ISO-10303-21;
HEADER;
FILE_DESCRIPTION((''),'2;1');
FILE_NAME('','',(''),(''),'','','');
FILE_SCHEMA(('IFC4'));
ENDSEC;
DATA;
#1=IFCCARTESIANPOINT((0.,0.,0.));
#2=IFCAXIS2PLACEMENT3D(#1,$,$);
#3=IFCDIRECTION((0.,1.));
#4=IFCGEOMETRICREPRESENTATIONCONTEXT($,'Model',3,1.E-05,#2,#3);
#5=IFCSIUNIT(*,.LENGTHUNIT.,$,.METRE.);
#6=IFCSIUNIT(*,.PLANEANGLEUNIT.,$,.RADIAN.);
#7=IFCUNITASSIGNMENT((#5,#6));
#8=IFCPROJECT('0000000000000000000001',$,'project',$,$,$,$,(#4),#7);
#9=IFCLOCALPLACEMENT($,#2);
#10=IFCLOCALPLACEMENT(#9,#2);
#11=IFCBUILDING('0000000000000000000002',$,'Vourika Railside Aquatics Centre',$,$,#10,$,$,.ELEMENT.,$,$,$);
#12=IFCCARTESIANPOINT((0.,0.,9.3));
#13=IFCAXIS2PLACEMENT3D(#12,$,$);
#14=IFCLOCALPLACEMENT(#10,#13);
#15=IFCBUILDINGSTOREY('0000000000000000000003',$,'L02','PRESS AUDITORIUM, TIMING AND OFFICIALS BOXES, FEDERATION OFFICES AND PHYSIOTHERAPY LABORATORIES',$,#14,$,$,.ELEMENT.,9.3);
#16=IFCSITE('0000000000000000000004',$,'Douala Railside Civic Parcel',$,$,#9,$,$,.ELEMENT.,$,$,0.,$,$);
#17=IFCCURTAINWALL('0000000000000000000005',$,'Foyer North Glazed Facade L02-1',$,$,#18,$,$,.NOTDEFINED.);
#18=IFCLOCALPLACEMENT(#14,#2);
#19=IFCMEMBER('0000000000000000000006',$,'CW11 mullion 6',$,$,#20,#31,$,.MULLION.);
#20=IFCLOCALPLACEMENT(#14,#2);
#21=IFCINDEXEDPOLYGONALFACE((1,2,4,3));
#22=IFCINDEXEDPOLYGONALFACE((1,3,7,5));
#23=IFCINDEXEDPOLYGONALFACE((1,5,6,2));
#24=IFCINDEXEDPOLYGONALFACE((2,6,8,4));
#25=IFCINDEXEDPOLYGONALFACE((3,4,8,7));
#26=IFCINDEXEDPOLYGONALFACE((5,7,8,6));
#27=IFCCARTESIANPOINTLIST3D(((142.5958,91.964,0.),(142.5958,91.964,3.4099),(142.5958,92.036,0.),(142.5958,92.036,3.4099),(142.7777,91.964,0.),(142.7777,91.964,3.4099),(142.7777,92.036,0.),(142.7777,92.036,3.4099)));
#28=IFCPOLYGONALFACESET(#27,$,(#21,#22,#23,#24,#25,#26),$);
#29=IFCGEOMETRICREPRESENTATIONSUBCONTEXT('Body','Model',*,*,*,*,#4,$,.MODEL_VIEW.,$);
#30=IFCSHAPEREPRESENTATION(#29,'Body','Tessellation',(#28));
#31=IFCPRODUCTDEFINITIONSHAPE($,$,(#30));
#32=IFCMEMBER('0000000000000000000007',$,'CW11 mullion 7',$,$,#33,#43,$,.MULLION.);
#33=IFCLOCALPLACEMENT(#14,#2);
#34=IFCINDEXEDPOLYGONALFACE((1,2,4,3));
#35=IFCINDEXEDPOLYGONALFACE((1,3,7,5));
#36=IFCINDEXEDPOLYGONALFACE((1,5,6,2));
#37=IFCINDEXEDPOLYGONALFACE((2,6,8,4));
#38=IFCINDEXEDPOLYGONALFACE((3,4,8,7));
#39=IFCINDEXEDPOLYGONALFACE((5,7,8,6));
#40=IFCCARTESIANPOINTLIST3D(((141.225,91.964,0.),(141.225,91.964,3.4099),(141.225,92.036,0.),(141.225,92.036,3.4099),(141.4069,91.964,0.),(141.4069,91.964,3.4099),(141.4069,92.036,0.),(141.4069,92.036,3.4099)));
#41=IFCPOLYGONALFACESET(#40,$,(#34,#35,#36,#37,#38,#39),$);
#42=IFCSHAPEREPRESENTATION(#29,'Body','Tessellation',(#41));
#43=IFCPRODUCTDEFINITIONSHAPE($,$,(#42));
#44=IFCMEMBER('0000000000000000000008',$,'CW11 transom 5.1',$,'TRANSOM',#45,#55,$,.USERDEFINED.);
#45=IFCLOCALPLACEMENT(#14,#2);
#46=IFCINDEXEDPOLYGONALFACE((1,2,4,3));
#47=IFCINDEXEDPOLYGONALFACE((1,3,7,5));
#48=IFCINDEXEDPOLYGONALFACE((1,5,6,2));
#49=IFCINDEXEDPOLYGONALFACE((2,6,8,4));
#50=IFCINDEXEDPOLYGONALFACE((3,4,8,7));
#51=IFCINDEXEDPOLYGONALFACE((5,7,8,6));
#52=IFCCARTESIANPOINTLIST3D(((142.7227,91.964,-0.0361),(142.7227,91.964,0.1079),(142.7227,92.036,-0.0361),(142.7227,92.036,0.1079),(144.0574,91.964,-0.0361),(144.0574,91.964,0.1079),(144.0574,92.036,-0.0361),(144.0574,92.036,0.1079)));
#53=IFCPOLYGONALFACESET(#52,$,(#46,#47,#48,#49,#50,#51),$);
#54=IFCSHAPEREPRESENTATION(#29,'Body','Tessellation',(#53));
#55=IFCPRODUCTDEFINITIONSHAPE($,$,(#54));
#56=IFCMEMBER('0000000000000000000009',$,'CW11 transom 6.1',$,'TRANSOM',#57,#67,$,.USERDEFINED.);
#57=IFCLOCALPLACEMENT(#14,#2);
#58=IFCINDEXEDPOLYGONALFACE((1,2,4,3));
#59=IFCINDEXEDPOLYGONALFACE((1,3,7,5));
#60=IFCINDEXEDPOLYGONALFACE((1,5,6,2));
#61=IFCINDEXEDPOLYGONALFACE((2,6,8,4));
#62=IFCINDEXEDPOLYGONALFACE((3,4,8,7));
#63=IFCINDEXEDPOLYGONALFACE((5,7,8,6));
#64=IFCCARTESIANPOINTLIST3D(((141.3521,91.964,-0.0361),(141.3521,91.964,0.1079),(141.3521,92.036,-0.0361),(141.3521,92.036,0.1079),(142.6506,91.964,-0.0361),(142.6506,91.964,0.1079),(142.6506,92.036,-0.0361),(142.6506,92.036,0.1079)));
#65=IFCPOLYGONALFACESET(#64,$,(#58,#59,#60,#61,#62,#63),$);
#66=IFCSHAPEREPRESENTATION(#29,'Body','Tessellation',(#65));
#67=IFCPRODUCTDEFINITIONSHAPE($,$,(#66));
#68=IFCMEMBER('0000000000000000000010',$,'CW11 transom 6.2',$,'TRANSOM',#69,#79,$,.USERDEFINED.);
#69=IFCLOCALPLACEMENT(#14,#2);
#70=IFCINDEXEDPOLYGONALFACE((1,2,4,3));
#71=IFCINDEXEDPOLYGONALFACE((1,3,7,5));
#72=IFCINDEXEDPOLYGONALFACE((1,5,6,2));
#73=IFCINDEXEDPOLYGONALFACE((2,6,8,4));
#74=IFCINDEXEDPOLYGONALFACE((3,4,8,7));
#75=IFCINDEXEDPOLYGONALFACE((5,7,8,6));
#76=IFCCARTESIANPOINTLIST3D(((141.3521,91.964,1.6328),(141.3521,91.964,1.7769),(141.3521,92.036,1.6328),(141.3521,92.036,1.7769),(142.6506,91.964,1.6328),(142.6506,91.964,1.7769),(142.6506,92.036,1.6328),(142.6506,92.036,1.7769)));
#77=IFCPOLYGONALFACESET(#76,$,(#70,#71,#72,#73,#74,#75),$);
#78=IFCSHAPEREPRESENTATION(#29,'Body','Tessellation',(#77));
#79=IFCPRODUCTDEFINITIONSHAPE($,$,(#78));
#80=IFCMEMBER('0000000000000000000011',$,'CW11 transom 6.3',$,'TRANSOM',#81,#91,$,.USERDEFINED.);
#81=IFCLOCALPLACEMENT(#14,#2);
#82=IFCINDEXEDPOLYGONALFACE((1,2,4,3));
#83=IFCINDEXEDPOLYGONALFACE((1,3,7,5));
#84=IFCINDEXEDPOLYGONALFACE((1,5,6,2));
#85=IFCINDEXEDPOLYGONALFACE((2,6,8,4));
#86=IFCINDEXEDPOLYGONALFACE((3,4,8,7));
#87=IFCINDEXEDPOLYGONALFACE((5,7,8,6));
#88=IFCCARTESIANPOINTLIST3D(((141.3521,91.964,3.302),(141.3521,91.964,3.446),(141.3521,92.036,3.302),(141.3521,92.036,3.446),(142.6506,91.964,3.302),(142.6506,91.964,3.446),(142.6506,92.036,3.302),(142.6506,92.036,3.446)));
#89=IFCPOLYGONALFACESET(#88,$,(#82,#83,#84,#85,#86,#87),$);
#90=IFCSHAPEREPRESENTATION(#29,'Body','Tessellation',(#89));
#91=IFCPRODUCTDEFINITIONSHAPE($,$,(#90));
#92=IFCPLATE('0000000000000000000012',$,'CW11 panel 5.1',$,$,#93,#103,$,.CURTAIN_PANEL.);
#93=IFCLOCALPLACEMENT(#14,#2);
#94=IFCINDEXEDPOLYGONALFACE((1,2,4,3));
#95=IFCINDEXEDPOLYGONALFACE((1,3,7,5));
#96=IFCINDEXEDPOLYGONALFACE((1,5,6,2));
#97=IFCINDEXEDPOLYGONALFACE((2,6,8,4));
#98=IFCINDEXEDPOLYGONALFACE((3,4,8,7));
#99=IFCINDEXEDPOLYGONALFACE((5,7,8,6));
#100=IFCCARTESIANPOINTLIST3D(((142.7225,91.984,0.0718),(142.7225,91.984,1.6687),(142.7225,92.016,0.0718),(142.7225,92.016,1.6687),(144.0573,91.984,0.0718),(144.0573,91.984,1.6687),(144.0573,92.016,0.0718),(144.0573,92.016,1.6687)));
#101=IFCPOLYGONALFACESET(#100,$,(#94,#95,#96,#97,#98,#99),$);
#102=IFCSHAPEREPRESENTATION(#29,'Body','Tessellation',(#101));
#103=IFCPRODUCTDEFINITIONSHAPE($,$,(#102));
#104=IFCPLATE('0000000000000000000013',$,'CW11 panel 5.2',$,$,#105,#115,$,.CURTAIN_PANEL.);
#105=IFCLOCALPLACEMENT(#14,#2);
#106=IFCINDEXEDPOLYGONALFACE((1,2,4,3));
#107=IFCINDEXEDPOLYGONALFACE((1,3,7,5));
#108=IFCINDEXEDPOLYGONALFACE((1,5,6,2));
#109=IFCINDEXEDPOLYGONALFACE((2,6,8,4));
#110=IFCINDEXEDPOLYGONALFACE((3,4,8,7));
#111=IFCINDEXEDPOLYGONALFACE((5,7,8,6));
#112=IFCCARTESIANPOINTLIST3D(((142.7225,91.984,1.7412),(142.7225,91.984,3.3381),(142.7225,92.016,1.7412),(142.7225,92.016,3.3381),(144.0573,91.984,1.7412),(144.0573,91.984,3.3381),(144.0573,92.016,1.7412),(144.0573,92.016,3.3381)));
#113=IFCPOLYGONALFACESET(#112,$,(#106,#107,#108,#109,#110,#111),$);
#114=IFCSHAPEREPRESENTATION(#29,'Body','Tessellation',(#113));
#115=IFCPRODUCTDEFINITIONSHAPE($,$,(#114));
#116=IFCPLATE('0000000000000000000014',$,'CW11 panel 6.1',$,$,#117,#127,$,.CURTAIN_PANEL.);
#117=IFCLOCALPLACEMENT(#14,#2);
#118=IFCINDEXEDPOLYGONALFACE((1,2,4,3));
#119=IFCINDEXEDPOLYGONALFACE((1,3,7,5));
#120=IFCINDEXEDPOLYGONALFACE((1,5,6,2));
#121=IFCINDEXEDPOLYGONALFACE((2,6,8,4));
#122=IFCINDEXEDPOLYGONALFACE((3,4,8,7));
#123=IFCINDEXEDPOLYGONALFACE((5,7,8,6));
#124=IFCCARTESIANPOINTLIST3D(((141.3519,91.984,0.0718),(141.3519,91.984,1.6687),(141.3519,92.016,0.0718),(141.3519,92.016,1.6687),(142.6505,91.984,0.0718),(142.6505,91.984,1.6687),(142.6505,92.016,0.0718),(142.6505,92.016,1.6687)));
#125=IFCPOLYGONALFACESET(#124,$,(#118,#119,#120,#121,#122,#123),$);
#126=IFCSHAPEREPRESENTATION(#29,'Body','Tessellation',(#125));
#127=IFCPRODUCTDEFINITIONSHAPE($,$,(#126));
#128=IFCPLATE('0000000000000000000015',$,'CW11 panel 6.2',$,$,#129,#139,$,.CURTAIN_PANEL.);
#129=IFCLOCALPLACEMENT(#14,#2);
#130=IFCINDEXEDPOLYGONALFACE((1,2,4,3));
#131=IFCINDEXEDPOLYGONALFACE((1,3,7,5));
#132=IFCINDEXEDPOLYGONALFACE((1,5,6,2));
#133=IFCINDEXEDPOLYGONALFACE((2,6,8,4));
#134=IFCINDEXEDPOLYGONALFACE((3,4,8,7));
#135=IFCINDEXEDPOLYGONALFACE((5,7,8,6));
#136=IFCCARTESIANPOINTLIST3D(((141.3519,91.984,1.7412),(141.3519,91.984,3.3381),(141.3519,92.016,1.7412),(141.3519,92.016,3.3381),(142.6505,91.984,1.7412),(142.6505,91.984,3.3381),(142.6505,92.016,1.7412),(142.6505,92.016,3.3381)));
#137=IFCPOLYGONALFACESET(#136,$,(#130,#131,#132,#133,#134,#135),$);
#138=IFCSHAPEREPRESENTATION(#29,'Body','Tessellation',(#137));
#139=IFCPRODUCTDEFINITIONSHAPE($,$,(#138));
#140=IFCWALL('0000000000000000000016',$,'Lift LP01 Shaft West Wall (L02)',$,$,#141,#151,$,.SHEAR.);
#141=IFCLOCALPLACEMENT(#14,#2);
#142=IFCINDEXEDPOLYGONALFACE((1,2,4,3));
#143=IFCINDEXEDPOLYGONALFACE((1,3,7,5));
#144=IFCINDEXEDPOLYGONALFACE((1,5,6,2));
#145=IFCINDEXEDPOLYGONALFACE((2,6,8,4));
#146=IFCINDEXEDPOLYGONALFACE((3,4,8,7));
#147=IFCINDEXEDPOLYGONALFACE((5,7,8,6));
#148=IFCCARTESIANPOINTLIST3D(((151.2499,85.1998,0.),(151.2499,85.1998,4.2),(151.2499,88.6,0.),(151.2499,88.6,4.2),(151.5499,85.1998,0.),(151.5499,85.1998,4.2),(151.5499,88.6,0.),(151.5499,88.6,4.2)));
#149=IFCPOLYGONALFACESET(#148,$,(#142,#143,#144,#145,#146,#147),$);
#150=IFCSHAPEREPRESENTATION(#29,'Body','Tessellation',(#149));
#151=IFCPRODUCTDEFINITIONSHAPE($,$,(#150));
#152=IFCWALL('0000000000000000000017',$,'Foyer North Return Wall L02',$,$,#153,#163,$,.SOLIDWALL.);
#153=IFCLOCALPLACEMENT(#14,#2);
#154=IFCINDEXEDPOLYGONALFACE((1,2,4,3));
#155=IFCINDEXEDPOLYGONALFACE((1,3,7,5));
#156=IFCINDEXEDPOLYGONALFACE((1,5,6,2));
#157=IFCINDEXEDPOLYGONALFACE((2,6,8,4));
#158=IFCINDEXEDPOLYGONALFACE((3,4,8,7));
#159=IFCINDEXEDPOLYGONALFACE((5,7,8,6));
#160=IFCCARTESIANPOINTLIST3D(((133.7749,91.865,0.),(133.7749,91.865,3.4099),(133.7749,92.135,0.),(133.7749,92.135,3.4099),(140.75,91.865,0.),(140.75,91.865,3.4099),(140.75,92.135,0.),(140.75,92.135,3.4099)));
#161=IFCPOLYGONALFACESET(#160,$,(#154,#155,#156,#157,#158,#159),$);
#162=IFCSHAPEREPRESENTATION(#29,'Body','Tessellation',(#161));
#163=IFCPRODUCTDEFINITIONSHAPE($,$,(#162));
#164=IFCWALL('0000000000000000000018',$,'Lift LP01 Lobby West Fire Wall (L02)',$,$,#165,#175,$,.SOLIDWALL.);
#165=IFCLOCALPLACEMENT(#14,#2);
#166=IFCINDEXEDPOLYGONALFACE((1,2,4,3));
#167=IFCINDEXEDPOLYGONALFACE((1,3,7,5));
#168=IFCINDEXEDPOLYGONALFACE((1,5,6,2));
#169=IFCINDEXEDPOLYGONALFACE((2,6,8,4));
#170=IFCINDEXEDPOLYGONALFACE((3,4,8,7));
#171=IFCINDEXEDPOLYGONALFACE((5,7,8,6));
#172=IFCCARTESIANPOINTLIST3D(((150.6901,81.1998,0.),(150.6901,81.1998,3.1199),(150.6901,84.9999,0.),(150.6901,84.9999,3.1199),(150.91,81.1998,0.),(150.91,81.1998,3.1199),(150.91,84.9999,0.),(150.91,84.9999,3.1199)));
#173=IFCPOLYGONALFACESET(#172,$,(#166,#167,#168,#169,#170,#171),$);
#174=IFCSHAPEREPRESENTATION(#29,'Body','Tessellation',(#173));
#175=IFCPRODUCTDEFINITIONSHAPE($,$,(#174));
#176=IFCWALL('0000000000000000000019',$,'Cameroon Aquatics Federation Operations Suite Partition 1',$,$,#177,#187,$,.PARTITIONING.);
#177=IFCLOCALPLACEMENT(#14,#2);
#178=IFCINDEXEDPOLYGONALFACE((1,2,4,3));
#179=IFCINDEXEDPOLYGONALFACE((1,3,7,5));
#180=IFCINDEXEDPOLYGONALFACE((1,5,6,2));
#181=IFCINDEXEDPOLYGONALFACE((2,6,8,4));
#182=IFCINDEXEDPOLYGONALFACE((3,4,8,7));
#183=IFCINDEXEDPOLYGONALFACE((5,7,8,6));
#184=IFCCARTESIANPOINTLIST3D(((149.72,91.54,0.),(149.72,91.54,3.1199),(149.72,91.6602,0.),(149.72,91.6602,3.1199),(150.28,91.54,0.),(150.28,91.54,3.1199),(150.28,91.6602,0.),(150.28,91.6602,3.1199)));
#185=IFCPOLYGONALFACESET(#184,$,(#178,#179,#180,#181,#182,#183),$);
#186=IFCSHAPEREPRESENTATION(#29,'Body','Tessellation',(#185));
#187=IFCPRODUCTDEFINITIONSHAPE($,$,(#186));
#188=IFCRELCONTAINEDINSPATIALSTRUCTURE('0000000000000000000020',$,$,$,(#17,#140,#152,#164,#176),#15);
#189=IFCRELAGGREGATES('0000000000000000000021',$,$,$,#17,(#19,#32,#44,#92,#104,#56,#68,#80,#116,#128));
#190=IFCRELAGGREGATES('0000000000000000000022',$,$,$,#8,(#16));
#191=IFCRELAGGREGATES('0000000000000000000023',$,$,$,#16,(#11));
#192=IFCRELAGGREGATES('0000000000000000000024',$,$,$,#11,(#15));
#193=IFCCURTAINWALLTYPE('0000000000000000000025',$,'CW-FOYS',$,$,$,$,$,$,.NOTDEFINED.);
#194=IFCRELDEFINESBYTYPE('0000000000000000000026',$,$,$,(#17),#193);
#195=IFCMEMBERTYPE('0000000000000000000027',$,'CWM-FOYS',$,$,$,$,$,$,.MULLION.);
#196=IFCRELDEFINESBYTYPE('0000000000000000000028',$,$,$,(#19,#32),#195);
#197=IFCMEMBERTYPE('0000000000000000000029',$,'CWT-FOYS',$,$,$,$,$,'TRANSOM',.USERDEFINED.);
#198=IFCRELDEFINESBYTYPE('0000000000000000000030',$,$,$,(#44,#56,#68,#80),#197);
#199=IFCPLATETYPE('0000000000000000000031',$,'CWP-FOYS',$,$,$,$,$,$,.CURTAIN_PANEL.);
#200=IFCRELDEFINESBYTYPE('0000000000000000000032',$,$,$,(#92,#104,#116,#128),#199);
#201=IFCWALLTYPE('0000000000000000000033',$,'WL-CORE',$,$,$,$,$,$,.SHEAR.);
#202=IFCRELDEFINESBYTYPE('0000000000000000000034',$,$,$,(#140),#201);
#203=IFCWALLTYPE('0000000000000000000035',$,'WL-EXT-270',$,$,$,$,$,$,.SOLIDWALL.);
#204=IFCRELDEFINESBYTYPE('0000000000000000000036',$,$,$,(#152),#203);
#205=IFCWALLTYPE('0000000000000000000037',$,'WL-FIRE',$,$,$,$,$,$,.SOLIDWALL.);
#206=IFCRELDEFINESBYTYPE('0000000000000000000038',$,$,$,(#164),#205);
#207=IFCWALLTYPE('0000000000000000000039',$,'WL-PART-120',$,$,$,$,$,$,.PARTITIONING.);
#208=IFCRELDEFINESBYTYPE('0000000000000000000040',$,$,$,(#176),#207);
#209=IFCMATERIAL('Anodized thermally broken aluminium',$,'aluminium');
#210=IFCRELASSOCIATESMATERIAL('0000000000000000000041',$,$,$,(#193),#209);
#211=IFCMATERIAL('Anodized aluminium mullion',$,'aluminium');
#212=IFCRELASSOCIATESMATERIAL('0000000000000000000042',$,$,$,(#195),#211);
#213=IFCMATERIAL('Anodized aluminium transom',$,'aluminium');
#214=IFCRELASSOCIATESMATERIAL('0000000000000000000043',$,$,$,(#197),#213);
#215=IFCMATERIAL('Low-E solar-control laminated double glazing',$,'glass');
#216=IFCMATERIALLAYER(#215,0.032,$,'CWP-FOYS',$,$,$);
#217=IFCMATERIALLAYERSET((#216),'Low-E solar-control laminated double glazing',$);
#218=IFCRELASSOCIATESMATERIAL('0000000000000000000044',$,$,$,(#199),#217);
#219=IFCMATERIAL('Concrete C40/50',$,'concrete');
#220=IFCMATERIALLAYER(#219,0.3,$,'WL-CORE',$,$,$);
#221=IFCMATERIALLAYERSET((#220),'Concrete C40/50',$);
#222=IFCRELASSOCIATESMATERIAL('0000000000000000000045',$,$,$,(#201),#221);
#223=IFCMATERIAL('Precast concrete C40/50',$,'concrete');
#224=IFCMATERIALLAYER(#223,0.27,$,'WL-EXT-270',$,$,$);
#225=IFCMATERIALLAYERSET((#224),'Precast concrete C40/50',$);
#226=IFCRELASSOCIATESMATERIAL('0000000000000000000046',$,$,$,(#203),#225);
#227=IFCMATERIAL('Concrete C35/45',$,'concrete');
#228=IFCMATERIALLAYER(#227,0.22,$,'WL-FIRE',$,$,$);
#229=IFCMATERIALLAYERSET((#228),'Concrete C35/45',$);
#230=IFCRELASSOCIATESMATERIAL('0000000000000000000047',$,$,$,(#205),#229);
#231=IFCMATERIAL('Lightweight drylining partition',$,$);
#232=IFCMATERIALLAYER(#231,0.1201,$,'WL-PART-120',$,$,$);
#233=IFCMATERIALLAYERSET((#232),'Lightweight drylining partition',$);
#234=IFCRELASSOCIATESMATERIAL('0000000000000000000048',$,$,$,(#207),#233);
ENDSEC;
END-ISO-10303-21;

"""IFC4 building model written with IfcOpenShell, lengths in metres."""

from ifc_helpers import new_model, si_unit, direction, frame, frame_2d, origin, origin_2d, place, context, subcontext, project, spatial, rectangle, extrude, material, layer, layer_set, material_profile, profile_set, type_object, element, aggregate, save


model = new_model("IFC4")

# Units and contexts
model_context = context("Model", 3, precision=1e-05, world=origin(), true_north=direction((0.0, 1.0)))
body_context = subcontext(model_context, "Body", "Model", "MODEL_VIEW")
ifc_project = project(units=[si_unit("LENGTHUNIT", "METRE"), si_unit("PLANEANGLEUNIT", "RADIAN")], contexts=[model_context])

# Site, building, storey
site_placement = place(None, origin())
site = spatial("IfcSite", under=ifc_project, at=site_placement, Name="Douala Railside Civic Parcel", CompositionType="ELEMENT", RefElevation=0.0)
building_placement = place(site_placement, origin())
building = spatial("IfcBuilding", under=site, at=building_placement, Name="Vourika Railside Aquatics Centre", CompositionType="ELEMENT")
storey_placement = place(building_placement, frame((0.0, 0.0, 9.3)))
storey = spatial("IfcBuildingStorey", under=building, at=storey_placement, Name="L02", Description="PRESS AUDITORIUM, TIMING AND OFFICIALS BOXES, FEDERATION OFFICES AND PHYSIOTHERAPY LABORATORIES", CompositionType="ELEMENT", Elevation=9.3)

# Shared definitions
ifc_material_1 = material(Name="Concrete C35/45", Category="concrete")

# Curtain wall, members, plates
ifc_material_2 = material(Name="Anodized thermally broken aluminium", Category="aluminium")
curtain_wall_type = type_object("IfcCurtainWallType", Name="CW-FOYS", PredefinedType="NOTDEFINED", material=ifc_material_2)
curtain_wall_placement = place(storey_placement, origin())
curtain_wall = element("IfcCurtainWall", 1, at=curtain_wall_placement, inside=storey, type_object=curtain_wall_type, Name="Foyer North Glazed Facade L02-1", PredefinedType="NOTDEFINED")
ifc_material_3 = material(Name="Anodized aluminium mullion", Category="aluminium")
ifc_material_profile_1 = material_profile(ifc_material_3, rectangle(XDim=0.072, YDim=0.1819, at=origin_2d()), Name="ALU-M 72x182")
ifc_profile_set_1 = profile_set([ifc_material_profile_1], Name="Anodized aluminium mullion")
member_type_1 = type_object("IfcMemberType", Name="CWM-FOYS", PredefinedType="MULLION", material=ifc_profile_set_1)
member_1_placement = place(storey_placement, frame((142.6868, 92.0, 0.0), z_axis=(0.0, 0.0, 1.0), x_axis=(0.0, -1.0, 0.0)))
member_1 = element("IfcMember", 2, at=member_1_placement, type_object=member_type_1, Name="CW11 mullion 6", PredefinedType="MULLION", context=body_context, shape_type="SweptSolid", body=[
    extrude(rectangle(XDim=0.072, YDim=0.1819, at=origin_2d()), origin(), (0.0, 0.0, 1.0), 3.4099),
])
member_2_placement = place(storey_placement, frame((141.3159, 92.0, 0.0), z_axis=(0.0, 0.0, 1.0), x_axis=(0.0, -1.0, 0.0)))
member_2 = element("IfcMember", 3, at=member_2_placement, type_object=member_type_1, Name="CW11 mullion 7", PredefinedType="MULLION", context=body_context, shape_type="SweptSolid", body=[
    extrude(rectangle(XDim=0.072, YDim=0.1819, at=origin_2d()), origin(), (0.0, 0.0, 1.0), 3.4099),
])
ifc_material_4 = material(Name="Anodized aluminium transom", Category="aluminium")
ifc_material_profile_2 = material_profile(ifc_material_4, rectangle(XDim=0.072, YDim=0.144, at=origin_2d()), Name="ALU-T 72x144")
ifc_profile_set_2 = profile_set([ifc_material_profile_2], Name="Anodized aluminium transom")
member_type_2 = type_object("IfcMemberType", Name="CWT-FOYS", ElementType="TRANSOM", PredefinedType="USERDEFINED", material=ifc_profile_set_2)
member_3_placement = place(storey_placement, frame((144.0574, 92.0, 0.0359), z_axis=(-1.0, 0.0, 0.0), x_axis=(0.0, -1.0, 0.0)))
member_3 = element("IfcMember", 4, at=member_3_placement, type_object=member_type_2, Name="CW11 transom 5.1", ObjectType="TRANSOM", PredefinedType="USERDEFINED", context=body_context, shape_type="SweptSolid", body=[
    extrude(rectangle(XDim=0.072, YDim=0.144, at=origin_2d()), origin(), (0.0, 0.0, 1.0), 1.3347),
])
member_4_placement = place(storey_placement, frame((142.6506, 92.0, 0.0359), z_axis=(-1.0, 0.0, 0.0), x_axis=(0.0, -1.0, 0.0)))
member_4 = element("IfcMember", 5, at=member_4_placement, type_object=member_type_2, Name="CW11 transom 6.1", ObjectType="TRANSOM", PredefinedType="USERDEFINED", context=body_context, shape_type="SweptSolid", body=[
    extrude(rectangle(XDim=0.072, YDim=0.144, at=origin_2d()), origin(), (0.0, 0.0, 1.0), 1.2986),
])
member_5_placement = place(storey_placement, frame((142.6506, 92.0, 1.7048), z_axis=(-1.0, 0.0, 0.0), x_axis=(0.0, -1.0, 0.0)))
member_5 = element("IfcMember", 6, at=member_5_placement, type_object=member_type_2, Name="CW11 transom 6.2", ObjectType="TRANSOM", PredefinedType="USERDEFINED", context=body_context, shape_type="SweptSolid", body=[
    extrude(rectangle(XDim=0.072, YDim=0.144, at=origin_2d()), origin(), (0.0, 0.0, 1.0), 1.2986),
])
member_6_placement = place(storey_placement, frame((142.6506, 92.0, 3.374), z_axis=(-1.0, 0.0, 0.0), x_axis=(0.0, -1.0, 0.0)))
member_6 = element("IfcMember", 7, at=member_6_placement, type_object=member_type_2, Name="CW11 transom 6.3", ObjectType="TRANSOM", PredefinedType="USERDEFINED", context=body_context, shape_type="SweptSolid", body=[
    extrude(rectangle(XDim=0.072, YDim=0.144, at=origin_2d()), origin(), (0.0, 0.0, 1.0), 1.2986),
])
ifc_material_5 = material(Name="Low-E solar-control laminated double glazing", Category="glass")
ifc_layer_1 = layer(ifc_material_5, 0.032, Name="CWP-FOYS")
ifc_layer_set_1 = layer_set([ifc_layer_1], Name="Low-E solar-control laminated double glazing")
plate_type = type_object("IfcPlateType", Name="CWP-FOYS", PredefinedType="CURTAIN_PANEL", material=ifc_layer_set_1)
plate_1_placement = place(storey_placement, frame((143.3899, 92.0, 0.0718), z_axis=(0.0, 0.0, 1.0), x_axis=(-1.0, 0.0, 0.0)))
plate_1 = element("IfcPlate", 8, at=plate_1_placement, type_object=plate_type, Name="CW11 panel 5.1", PredefinedType="CURTAIN_PANEL", context=body_context, shape_type="SweptSolid", body=[
    extrude(rectangle(XDim=1.3347, YDim=0.032, at=origin_2d()), origin(), (0.0, 0.0, 1.0), 1.5969),
])
plate_2_placement = place(storey_placement, frame((143.3899, 92.0, 1.7412), z_axis=(0.0, 0.0, 1.0), x_axis=(-1.0, 0.0, 0.0)))
plate_2 = element("IfcPlate", 9, at=plate_2_placement, type_object=plate_type, Name="CW11 panel 5.2", PredefinedType="CURTAIN_PANEL", context=body_context, shape_type="SweptSolid", body=[
    extrude(rectangle(XDim=1.3347, YDim=0.032, at=origin_2d()), origin(), (0.0, 0.0, 1.0), 1.5969),
])
plate_3_placement = place(storey_placement, frame((142.0012, 92.0, 0.0718), z_axis=(0.0, 0.0, 1.0), x_axis=(-1.0, 0.0, 0.0)))
plate_3 = element("IfcPlate", 10, at=plate_3_placement, type_object=plate_type, Name="CW11 panel 6.1", PredefinedType="CURTAIN_PANEL", context=body_context, shape_type="SweptSolid", body=[
    extrude(rectangle(XDim=1.2986, YDim=0.032, at=origin_2d()), origin(), (0.0, 0.0, 1.0), 1.5969),
])
plate_4_placement = place(storey_placement, frame((142.0012, 92.0, 1.7412), z_axis=(0.0, 0.0, 1.0), x_axis=(-1.0, 0.0, 0.0)))
plate_4 = element("IfcPlate", 11, at=plate_4_placement, type_object=plate_type, Name="CW11 panel 6.2", PredefinedType="CURTAIN_PANEL", context=body_context, shape_type="SweptSolid", body=[
    extrude(rectangle(XDim=1.2986, YDim=0.032, at=origin_2d()), origin(), (0.0, 0.0, 1.0), 1.5969),
])
aggregate(curtain_wall, [member_1, member_2, member_3, plate_1, plate_2, member_4, member_5, member_6, plate_3, plate_4])

# Shared definitions
ifc_material_6 = material(Name="Concrete C40/50", Category="concrete")
ifc_layer_2 = layer(ifc_material_6, 0.3, Name="WL-CORE")
ifc_layer_set_2 = layer_set([ifc_layer_2], Name="Concrete C40/50")
wall_type_1 = type_object("IfcWallType", Name="WL-CORE", PredefinedType="SHEAR", material=ifc_layer_set_2)

# Walls
wall_1_placement = place(storey_placement, frame((151.3999, 88.6001, 0.0), z_axis=(0.0, 0.0, 1.0), x_axis=(0.0, -1.0, 0.0)))
element("IfcWall", 12, at=wall_1_placement, inside=storey, type_object=wall_type_1, Name="Lift LP01 Shaft West Wall (L02)", PredefinedType="SHEAR", context=body_context, shape_type="SweptSolid", body=[
    extrude(rectangle(XDim=3.4001, YDim=0.3, at=frame_2d((1.7002, 0.0))), origin(), (0.0, 0.0, 1.0), 4.2),
])
ifc_material_7 = material(Name="Precast concrete C40/50", Category="concrete")
ifc_layer_3 = layer(ifc_material_7, 0.27, Name="WL-EXT-270")
ifc_layer_set_3 = layer_set([ifc_layer_3], Name="Precast concrete C40/50")
wall_type_2 = type_object("IfcWallType", Name="WL-EXT-270", PredefinedType="SOLIDWALL", material=ifc_layer_set_3)
wall_2_placement = place(storey_placement, frame((140.75, 92.0, 0.0), z_axis=(0.0, 0.0, 1.0), x_axis=(-1.0, 0.0, 0.0)))
element("IfcWall", 13, at=wall_2_placement, inside=storey, type_object=wall_type_2, Name="Foyer North Return Wall L02", PredefinedType="SOLIDWALL", context=body_context, shape_type="SweptSolid", body=[
    extrude(rectangle(XDim=6.9751, YDim=0.27, at=frame_2d((3.4875, 0.0))), origin(), (0.0, 0.0, 1.0), 3.4099),
])

# Shared definitions
ifc_layer_4 = layer(ifc_material_1, 0.22, Name="WL-FIRE")
ifc_layer_set_4 = layer_set([ifc_layer_4], Name="Concrete C35/45")
wall_type_3 = type_object("IfcWallType", Name="WL-FIRE", PredefinedType="SOLIDWALL", material=ifc_layer_set_4)

# Walls
wall_3_placement = place(storey_placement, frame((150.8, 81.2, 0.0), z_axis=(0.0, 0.0, 1.0), x_axis=(0.0, 1.0, 0.0)))
element("IfcWall", 14, at=wall_3_placement, inside=storey, type_object=wall_type_3, Name="Lift LP01 Lobby West Fire Wall (L02)", PredefinedType="SOLIDWALL", context=body_context, shape_type="SweptSolid", body=[
    extrude(rectangle(XDim=3.8, YDim=0.22, at=frame_2d((1.8999, 0.0))), origin(), (0.0, 0.0, 1.0), 3.1199),
])
ifc_material_8 = material(Name="Lightweight drylining partition")
ifc_layer_5 = layer(ifc_material_8, 0.1201, Name="WL-PART-120")
ifc_layer_set_5 = layer_set([ifc_layer_5], Name="Lightweight drylining partition")
wall_type_4 = type_object("IfcWallType", Name="WL-PART-120", PredefinedType="PARTITIONING", material=ifc_layer_set_5)
wall_4_placement = place(storey_placement, frame((149.72, 91.6001, 0.0), z_axis=(0.0, 0.0, 1.0), x_axis=(1.0, 0.0, 0.0)))
element("IfcWall", 15, at=wall_4_placement, inside=storey, type_object=wall_type_4, Name="Cameroon Aquatics Federation Operations Suite Partition 1", PredefinedType="PARTITIONING", context=body_context, shape_type="SweptSolid", body=[
    extrude(rectangle(XDim=0.5601, YDim=0.1201, at=frame_2d((0.28, 0.0))), origin(), (0.0, 0.0, 1.0), 3.1199),
])

save(model, "model.ifc")
